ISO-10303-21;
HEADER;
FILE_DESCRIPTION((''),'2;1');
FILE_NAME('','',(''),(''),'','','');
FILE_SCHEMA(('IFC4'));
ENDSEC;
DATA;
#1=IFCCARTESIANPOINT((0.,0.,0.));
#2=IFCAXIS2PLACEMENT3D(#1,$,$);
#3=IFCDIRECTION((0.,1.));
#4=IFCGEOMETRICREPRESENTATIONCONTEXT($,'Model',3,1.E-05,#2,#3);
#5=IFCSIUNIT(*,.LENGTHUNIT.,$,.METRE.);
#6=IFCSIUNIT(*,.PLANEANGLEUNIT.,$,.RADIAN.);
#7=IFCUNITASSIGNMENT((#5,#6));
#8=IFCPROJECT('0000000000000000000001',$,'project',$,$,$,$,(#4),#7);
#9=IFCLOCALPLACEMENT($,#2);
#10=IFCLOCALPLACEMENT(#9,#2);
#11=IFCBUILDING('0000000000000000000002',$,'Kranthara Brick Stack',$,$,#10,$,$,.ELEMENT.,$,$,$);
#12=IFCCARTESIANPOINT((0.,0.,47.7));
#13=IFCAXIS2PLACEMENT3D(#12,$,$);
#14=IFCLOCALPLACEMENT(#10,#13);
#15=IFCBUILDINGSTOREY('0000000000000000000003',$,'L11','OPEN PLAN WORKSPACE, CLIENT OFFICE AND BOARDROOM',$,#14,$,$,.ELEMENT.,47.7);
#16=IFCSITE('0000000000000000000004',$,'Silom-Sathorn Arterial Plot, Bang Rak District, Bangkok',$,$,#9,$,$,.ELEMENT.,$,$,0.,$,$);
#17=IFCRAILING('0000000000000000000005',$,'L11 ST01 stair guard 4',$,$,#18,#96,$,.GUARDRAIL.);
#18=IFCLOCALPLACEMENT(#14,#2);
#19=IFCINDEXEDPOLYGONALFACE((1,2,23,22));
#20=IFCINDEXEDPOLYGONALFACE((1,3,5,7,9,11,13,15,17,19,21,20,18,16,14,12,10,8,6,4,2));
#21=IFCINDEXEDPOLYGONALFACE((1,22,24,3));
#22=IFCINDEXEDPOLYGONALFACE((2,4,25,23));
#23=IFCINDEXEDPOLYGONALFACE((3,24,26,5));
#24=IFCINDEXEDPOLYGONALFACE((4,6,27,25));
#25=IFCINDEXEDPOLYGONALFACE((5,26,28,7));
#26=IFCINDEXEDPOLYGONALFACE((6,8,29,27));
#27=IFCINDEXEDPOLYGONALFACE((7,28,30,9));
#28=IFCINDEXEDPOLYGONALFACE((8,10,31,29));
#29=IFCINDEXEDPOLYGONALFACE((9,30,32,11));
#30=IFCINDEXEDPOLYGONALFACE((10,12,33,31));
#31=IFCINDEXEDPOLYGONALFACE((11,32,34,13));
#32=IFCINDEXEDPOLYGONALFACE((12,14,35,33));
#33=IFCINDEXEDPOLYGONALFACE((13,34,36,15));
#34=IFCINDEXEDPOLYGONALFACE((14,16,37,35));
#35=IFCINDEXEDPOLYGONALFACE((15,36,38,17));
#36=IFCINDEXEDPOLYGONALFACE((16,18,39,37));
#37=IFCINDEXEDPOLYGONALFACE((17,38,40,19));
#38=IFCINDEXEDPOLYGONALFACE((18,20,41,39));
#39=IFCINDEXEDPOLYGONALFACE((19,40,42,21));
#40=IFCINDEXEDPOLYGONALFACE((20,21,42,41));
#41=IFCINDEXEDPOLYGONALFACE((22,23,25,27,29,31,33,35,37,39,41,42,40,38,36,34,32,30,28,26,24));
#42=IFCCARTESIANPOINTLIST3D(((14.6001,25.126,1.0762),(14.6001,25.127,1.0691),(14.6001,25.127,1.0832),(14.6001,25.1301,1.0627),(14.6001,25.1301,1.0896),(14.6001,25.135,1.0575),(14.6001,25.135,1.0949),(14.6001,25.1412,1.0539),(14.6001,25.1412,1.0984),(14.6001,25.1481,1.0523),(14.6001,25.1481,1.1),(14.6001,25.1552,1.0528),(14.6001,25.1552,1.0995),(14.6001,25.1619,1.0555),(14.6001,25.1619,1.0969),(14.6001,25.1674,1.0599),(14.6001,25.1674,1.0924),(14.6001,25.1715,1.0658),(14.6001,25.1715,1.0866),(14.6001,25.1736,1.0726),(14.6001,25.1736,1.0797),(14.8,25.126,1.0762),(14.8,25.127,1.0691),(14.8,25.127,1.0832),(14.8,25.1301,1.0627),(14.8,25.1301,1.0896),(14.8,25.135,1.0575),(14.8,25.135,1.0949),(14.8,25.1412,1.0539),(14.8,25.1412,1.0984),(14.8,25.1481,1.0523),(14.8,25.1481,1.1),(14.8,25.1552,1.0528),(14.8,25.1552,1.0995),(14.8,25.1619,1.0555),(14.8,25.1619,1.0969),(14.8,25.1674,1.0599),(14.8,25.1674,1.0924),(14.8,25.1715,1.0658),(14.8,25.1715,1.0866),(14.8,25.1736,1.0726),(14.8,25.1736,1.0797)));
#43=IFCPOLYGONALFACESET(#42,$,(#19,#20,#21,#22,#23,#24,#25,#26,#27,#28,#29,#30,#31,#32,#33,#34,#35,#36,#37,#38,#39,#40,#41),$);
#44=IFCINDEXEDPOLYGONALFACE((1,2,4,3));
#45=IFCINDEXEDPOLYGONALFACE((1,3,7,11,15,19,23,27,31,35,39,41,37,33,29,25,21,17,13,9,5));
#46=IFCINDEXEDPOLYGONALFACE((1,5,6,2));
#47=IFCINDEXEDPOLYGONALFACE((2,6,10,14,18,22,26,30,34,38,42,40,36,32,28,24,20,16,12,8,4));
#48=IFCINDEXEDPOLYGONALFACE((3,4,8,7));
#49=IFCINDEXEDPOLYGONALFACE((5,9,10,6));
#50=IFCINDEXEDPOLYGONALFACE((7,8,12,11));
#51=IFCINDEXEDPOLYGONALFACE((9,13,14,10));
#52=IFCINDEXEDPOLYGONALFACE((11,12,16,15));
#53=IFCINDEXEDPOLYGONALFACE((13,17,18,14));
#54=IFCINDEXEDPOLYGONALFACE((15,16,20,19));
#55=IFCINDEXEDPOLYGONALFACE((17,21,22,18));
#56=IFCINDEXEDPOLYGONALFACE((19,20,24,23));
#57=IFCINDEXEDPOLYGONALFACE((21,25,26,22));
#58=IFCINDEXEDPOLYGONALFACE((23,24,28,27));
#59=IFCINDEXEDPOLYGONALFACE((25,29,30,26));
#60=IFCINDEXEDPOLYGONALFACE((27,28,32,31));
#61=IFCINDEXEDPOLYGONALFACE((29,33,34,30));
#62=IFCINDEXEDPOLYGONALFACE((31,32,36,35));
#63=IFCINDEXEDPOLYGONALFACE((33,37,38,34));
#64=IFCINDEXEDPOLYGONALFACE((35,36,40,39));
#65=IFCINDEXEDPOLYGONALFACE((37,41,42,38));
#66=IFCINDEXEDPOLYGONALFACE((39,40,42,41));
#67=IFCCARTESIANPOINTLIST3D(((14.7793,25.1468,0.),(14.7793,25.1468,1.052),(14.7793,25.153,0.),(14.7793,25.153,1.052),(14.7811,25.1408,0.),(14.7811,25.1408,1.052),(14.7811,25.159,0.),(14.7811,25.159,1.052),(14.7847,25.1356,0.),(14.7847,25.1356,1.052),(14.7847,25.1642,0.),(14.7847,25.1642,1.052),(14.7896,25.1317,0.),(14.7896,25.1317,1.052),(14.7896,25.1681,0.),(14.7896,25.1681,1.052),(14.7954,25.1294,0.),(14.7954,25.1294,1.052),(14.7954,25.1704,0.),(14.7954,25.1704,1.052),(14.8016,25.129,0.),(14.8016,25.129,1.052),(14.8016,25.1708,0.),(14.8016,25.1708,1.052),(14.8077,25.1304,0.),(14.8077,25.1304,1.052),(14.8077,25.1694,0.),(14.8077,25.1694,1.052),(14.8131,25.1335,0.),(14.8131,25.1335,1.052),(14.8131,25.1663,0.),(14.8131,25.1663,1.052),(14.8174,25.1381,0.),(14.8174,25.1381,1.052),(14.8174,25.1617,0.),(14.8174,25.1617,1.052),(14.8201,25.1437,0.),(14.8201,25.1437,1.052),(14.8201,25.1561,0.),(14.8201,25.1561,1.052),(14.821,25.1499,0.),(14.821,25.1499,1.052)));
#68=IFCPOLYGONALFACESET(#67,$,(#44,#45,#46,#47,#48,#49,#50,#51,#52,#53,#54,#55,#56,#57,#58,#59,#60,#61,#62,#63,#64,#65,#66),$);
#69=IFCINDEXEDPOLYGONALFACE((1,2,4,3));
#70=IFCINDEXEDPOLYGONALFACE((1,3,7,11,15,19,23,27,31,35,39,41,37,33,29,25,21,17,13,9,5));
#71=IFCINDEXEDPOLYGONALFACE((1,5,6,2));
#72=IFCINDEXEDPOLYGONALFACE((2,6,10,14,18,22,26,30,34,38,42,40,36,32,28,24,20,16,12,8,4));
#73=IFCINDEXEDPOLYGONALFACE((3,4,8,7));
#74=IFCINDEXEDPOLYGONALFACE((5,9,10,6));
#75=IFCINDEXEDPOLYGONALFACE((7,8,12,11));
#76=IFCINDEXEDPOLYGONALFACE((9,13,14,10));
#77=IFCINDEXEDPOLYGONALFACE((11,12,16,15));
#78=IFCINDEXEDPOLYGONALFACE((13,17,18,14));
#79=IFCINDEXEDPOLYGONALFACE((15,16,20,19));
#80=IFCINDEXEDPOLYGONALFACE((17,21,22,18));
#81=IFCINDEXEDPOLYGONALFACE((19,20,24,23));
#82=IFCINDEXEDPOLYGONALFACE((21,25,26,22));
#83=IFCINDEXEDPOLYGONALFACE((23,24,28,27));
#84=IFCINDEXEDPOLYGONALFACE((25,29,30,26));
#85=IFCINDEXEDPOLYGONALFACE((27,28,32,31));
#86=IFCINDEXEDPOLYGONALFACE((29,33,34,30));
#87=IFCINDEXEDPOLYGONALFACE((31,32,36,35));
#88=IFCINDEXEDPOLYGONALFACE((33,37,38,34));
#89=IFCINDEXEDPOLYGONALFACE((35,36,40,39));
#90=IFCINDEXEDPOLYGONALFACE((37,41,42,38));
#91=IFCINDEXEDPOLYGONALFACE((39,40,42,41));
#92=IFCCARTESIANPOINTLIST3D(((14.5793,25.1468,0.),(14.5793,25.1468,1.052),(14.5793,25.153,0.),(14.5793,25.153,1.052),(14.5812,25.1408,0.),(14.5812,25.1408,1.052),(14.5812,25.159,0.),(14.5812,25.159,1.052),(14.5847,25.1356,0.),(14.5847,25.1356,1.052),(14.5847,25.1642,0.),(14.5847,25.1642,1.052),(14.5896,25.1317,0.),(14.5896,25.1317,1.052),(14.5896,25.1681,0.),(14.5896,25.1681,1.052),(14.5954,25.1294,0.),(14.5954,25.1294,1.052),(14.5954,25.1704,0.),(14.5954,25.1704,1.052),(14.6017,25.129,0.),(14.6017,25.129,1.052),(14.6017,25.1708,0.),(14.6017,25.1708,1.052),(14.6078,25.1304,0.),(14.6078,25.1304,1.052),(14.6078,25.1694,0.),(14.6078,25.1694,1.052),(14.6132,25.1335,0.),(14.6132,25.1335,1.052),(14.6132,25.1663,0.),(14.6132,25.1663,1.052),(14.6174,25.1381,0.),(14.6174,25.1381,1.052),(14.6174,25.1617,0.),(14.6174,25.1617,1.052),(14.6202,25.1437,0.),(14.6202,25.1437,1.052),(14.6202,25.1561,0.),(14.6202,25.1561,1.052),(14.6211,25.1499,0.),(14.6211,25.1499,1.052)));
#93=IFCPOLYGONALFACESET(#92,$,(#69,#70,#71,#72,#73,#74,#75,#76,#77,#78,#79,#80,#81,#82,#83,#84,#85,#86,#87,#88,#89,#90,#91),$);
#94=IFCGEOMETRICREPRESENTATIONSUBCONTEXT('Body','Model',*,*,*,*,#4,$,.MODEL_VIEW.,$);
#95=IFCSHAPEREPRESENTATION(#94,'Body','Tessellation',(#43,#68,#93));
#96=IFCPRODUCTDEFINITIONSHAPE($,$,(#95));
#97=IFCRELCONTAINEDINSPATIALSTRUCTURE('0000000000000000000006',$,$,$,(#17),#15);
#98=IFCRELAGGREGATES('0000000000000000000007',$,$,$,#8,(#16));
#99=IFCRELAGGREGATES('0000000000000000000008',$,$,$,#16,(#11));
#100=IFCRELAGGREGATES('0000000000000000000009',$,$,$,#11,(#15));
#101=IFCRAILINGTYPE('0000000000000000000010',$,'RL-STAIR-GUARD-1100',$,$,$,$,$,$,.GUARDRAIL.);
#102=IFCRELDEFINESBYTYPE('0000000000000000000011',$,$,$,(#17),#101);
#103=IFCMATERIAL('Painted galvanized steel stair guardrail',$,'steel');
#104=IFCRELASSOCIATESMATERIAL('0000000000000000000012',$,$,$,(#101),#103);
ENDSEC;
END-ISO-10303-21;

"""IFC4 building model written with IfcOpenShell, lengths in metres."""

from ifc_helpers import new_model, si_unit, direction, frame, origin, origin_2d, place, context, subcontext, project, spatial, circle, extrude, material, type_object, element, save


model = new_model("IFC4")

# Units and contexts
model_context = context("Model", 3, precision=1e-05, world=origin(), true_north=direction((0.0, 1.0)))
body_context = subcontext(model_context, "Body", "Model", "MODEL_VIEW")
ifc_project = project(units=[si_unit("LENGTHUNIT", "METRE"), si_unit("PLANEANGLEUNIT", "RADIAN")], contexts=[model_context])

# Site, building, storey
site_placement = place(None, origin())
site = spatial("IfcSite", under=ifc_project, at=site_placement, Name="Silom-Sathorn Arterial Plot, Bang Rak District, Bangkok", CompositionType="ELEMENT", RefElevation=0.0)
building_placement = place(site_placement, origin())
building = spatial("IfcBuilding", under=site, at=building_placement, Name="Kranthara Brick Stack", CompositionType="ELEMENT")
storey_placement = place(building_placement, frame((0.0, 0.0, 47.7)))
storey = spatial("IfcBuildingStorey", under=building, at=storey_placement, Name="L11", Description="OPEN PLAN WORKSPACE, CLIENT OFFICE AND BOARDROOM", CompositionType="ELEMENT", Elevation=47.7)

# Railing
ifc_material_1 = material(Name="Painted galvanized steel stair guardrail", Category="steel")
railing_type_1 = type_object("IfcRailingType", Name="RL-STAIR-GUARD-1100", PredefinedType="GUARDRAIL", material=ifc_material_1)
railing_1_placement = place(storey_placement, frame((14.8, 25.1499, 0.0)))
element("IfcRailing", 1, at=railing_1_placement, inside=storey, type_object=railing_type_1, Name="L11 ST01 stair guard 4", PredefinedType="GUARDRAIL", context=body_context, shape_type="SweptSolid", body=[
    extrude(circle(Radius=0.0239, at=origin_2d()), frame((0.0, 0.0, 1.0762), z_axis=(-1.0, 0.0, 0.0), x_axis=(0.0, -1.0, 0.0)), (0.0, 0.0, 1.0), 0.2),
    extrude(circle(Radius=0.021, at=origin_2d()), origin(), (0.0, 0.0, 1.0), 1.052),
    extrude(circle(Radius=0.021, at=origin_2d()), frame((-0.2, 0.0, 0.0)), (0.0, 0.0, 1.0), 1.052),
])

save(model, "model.ifc")
